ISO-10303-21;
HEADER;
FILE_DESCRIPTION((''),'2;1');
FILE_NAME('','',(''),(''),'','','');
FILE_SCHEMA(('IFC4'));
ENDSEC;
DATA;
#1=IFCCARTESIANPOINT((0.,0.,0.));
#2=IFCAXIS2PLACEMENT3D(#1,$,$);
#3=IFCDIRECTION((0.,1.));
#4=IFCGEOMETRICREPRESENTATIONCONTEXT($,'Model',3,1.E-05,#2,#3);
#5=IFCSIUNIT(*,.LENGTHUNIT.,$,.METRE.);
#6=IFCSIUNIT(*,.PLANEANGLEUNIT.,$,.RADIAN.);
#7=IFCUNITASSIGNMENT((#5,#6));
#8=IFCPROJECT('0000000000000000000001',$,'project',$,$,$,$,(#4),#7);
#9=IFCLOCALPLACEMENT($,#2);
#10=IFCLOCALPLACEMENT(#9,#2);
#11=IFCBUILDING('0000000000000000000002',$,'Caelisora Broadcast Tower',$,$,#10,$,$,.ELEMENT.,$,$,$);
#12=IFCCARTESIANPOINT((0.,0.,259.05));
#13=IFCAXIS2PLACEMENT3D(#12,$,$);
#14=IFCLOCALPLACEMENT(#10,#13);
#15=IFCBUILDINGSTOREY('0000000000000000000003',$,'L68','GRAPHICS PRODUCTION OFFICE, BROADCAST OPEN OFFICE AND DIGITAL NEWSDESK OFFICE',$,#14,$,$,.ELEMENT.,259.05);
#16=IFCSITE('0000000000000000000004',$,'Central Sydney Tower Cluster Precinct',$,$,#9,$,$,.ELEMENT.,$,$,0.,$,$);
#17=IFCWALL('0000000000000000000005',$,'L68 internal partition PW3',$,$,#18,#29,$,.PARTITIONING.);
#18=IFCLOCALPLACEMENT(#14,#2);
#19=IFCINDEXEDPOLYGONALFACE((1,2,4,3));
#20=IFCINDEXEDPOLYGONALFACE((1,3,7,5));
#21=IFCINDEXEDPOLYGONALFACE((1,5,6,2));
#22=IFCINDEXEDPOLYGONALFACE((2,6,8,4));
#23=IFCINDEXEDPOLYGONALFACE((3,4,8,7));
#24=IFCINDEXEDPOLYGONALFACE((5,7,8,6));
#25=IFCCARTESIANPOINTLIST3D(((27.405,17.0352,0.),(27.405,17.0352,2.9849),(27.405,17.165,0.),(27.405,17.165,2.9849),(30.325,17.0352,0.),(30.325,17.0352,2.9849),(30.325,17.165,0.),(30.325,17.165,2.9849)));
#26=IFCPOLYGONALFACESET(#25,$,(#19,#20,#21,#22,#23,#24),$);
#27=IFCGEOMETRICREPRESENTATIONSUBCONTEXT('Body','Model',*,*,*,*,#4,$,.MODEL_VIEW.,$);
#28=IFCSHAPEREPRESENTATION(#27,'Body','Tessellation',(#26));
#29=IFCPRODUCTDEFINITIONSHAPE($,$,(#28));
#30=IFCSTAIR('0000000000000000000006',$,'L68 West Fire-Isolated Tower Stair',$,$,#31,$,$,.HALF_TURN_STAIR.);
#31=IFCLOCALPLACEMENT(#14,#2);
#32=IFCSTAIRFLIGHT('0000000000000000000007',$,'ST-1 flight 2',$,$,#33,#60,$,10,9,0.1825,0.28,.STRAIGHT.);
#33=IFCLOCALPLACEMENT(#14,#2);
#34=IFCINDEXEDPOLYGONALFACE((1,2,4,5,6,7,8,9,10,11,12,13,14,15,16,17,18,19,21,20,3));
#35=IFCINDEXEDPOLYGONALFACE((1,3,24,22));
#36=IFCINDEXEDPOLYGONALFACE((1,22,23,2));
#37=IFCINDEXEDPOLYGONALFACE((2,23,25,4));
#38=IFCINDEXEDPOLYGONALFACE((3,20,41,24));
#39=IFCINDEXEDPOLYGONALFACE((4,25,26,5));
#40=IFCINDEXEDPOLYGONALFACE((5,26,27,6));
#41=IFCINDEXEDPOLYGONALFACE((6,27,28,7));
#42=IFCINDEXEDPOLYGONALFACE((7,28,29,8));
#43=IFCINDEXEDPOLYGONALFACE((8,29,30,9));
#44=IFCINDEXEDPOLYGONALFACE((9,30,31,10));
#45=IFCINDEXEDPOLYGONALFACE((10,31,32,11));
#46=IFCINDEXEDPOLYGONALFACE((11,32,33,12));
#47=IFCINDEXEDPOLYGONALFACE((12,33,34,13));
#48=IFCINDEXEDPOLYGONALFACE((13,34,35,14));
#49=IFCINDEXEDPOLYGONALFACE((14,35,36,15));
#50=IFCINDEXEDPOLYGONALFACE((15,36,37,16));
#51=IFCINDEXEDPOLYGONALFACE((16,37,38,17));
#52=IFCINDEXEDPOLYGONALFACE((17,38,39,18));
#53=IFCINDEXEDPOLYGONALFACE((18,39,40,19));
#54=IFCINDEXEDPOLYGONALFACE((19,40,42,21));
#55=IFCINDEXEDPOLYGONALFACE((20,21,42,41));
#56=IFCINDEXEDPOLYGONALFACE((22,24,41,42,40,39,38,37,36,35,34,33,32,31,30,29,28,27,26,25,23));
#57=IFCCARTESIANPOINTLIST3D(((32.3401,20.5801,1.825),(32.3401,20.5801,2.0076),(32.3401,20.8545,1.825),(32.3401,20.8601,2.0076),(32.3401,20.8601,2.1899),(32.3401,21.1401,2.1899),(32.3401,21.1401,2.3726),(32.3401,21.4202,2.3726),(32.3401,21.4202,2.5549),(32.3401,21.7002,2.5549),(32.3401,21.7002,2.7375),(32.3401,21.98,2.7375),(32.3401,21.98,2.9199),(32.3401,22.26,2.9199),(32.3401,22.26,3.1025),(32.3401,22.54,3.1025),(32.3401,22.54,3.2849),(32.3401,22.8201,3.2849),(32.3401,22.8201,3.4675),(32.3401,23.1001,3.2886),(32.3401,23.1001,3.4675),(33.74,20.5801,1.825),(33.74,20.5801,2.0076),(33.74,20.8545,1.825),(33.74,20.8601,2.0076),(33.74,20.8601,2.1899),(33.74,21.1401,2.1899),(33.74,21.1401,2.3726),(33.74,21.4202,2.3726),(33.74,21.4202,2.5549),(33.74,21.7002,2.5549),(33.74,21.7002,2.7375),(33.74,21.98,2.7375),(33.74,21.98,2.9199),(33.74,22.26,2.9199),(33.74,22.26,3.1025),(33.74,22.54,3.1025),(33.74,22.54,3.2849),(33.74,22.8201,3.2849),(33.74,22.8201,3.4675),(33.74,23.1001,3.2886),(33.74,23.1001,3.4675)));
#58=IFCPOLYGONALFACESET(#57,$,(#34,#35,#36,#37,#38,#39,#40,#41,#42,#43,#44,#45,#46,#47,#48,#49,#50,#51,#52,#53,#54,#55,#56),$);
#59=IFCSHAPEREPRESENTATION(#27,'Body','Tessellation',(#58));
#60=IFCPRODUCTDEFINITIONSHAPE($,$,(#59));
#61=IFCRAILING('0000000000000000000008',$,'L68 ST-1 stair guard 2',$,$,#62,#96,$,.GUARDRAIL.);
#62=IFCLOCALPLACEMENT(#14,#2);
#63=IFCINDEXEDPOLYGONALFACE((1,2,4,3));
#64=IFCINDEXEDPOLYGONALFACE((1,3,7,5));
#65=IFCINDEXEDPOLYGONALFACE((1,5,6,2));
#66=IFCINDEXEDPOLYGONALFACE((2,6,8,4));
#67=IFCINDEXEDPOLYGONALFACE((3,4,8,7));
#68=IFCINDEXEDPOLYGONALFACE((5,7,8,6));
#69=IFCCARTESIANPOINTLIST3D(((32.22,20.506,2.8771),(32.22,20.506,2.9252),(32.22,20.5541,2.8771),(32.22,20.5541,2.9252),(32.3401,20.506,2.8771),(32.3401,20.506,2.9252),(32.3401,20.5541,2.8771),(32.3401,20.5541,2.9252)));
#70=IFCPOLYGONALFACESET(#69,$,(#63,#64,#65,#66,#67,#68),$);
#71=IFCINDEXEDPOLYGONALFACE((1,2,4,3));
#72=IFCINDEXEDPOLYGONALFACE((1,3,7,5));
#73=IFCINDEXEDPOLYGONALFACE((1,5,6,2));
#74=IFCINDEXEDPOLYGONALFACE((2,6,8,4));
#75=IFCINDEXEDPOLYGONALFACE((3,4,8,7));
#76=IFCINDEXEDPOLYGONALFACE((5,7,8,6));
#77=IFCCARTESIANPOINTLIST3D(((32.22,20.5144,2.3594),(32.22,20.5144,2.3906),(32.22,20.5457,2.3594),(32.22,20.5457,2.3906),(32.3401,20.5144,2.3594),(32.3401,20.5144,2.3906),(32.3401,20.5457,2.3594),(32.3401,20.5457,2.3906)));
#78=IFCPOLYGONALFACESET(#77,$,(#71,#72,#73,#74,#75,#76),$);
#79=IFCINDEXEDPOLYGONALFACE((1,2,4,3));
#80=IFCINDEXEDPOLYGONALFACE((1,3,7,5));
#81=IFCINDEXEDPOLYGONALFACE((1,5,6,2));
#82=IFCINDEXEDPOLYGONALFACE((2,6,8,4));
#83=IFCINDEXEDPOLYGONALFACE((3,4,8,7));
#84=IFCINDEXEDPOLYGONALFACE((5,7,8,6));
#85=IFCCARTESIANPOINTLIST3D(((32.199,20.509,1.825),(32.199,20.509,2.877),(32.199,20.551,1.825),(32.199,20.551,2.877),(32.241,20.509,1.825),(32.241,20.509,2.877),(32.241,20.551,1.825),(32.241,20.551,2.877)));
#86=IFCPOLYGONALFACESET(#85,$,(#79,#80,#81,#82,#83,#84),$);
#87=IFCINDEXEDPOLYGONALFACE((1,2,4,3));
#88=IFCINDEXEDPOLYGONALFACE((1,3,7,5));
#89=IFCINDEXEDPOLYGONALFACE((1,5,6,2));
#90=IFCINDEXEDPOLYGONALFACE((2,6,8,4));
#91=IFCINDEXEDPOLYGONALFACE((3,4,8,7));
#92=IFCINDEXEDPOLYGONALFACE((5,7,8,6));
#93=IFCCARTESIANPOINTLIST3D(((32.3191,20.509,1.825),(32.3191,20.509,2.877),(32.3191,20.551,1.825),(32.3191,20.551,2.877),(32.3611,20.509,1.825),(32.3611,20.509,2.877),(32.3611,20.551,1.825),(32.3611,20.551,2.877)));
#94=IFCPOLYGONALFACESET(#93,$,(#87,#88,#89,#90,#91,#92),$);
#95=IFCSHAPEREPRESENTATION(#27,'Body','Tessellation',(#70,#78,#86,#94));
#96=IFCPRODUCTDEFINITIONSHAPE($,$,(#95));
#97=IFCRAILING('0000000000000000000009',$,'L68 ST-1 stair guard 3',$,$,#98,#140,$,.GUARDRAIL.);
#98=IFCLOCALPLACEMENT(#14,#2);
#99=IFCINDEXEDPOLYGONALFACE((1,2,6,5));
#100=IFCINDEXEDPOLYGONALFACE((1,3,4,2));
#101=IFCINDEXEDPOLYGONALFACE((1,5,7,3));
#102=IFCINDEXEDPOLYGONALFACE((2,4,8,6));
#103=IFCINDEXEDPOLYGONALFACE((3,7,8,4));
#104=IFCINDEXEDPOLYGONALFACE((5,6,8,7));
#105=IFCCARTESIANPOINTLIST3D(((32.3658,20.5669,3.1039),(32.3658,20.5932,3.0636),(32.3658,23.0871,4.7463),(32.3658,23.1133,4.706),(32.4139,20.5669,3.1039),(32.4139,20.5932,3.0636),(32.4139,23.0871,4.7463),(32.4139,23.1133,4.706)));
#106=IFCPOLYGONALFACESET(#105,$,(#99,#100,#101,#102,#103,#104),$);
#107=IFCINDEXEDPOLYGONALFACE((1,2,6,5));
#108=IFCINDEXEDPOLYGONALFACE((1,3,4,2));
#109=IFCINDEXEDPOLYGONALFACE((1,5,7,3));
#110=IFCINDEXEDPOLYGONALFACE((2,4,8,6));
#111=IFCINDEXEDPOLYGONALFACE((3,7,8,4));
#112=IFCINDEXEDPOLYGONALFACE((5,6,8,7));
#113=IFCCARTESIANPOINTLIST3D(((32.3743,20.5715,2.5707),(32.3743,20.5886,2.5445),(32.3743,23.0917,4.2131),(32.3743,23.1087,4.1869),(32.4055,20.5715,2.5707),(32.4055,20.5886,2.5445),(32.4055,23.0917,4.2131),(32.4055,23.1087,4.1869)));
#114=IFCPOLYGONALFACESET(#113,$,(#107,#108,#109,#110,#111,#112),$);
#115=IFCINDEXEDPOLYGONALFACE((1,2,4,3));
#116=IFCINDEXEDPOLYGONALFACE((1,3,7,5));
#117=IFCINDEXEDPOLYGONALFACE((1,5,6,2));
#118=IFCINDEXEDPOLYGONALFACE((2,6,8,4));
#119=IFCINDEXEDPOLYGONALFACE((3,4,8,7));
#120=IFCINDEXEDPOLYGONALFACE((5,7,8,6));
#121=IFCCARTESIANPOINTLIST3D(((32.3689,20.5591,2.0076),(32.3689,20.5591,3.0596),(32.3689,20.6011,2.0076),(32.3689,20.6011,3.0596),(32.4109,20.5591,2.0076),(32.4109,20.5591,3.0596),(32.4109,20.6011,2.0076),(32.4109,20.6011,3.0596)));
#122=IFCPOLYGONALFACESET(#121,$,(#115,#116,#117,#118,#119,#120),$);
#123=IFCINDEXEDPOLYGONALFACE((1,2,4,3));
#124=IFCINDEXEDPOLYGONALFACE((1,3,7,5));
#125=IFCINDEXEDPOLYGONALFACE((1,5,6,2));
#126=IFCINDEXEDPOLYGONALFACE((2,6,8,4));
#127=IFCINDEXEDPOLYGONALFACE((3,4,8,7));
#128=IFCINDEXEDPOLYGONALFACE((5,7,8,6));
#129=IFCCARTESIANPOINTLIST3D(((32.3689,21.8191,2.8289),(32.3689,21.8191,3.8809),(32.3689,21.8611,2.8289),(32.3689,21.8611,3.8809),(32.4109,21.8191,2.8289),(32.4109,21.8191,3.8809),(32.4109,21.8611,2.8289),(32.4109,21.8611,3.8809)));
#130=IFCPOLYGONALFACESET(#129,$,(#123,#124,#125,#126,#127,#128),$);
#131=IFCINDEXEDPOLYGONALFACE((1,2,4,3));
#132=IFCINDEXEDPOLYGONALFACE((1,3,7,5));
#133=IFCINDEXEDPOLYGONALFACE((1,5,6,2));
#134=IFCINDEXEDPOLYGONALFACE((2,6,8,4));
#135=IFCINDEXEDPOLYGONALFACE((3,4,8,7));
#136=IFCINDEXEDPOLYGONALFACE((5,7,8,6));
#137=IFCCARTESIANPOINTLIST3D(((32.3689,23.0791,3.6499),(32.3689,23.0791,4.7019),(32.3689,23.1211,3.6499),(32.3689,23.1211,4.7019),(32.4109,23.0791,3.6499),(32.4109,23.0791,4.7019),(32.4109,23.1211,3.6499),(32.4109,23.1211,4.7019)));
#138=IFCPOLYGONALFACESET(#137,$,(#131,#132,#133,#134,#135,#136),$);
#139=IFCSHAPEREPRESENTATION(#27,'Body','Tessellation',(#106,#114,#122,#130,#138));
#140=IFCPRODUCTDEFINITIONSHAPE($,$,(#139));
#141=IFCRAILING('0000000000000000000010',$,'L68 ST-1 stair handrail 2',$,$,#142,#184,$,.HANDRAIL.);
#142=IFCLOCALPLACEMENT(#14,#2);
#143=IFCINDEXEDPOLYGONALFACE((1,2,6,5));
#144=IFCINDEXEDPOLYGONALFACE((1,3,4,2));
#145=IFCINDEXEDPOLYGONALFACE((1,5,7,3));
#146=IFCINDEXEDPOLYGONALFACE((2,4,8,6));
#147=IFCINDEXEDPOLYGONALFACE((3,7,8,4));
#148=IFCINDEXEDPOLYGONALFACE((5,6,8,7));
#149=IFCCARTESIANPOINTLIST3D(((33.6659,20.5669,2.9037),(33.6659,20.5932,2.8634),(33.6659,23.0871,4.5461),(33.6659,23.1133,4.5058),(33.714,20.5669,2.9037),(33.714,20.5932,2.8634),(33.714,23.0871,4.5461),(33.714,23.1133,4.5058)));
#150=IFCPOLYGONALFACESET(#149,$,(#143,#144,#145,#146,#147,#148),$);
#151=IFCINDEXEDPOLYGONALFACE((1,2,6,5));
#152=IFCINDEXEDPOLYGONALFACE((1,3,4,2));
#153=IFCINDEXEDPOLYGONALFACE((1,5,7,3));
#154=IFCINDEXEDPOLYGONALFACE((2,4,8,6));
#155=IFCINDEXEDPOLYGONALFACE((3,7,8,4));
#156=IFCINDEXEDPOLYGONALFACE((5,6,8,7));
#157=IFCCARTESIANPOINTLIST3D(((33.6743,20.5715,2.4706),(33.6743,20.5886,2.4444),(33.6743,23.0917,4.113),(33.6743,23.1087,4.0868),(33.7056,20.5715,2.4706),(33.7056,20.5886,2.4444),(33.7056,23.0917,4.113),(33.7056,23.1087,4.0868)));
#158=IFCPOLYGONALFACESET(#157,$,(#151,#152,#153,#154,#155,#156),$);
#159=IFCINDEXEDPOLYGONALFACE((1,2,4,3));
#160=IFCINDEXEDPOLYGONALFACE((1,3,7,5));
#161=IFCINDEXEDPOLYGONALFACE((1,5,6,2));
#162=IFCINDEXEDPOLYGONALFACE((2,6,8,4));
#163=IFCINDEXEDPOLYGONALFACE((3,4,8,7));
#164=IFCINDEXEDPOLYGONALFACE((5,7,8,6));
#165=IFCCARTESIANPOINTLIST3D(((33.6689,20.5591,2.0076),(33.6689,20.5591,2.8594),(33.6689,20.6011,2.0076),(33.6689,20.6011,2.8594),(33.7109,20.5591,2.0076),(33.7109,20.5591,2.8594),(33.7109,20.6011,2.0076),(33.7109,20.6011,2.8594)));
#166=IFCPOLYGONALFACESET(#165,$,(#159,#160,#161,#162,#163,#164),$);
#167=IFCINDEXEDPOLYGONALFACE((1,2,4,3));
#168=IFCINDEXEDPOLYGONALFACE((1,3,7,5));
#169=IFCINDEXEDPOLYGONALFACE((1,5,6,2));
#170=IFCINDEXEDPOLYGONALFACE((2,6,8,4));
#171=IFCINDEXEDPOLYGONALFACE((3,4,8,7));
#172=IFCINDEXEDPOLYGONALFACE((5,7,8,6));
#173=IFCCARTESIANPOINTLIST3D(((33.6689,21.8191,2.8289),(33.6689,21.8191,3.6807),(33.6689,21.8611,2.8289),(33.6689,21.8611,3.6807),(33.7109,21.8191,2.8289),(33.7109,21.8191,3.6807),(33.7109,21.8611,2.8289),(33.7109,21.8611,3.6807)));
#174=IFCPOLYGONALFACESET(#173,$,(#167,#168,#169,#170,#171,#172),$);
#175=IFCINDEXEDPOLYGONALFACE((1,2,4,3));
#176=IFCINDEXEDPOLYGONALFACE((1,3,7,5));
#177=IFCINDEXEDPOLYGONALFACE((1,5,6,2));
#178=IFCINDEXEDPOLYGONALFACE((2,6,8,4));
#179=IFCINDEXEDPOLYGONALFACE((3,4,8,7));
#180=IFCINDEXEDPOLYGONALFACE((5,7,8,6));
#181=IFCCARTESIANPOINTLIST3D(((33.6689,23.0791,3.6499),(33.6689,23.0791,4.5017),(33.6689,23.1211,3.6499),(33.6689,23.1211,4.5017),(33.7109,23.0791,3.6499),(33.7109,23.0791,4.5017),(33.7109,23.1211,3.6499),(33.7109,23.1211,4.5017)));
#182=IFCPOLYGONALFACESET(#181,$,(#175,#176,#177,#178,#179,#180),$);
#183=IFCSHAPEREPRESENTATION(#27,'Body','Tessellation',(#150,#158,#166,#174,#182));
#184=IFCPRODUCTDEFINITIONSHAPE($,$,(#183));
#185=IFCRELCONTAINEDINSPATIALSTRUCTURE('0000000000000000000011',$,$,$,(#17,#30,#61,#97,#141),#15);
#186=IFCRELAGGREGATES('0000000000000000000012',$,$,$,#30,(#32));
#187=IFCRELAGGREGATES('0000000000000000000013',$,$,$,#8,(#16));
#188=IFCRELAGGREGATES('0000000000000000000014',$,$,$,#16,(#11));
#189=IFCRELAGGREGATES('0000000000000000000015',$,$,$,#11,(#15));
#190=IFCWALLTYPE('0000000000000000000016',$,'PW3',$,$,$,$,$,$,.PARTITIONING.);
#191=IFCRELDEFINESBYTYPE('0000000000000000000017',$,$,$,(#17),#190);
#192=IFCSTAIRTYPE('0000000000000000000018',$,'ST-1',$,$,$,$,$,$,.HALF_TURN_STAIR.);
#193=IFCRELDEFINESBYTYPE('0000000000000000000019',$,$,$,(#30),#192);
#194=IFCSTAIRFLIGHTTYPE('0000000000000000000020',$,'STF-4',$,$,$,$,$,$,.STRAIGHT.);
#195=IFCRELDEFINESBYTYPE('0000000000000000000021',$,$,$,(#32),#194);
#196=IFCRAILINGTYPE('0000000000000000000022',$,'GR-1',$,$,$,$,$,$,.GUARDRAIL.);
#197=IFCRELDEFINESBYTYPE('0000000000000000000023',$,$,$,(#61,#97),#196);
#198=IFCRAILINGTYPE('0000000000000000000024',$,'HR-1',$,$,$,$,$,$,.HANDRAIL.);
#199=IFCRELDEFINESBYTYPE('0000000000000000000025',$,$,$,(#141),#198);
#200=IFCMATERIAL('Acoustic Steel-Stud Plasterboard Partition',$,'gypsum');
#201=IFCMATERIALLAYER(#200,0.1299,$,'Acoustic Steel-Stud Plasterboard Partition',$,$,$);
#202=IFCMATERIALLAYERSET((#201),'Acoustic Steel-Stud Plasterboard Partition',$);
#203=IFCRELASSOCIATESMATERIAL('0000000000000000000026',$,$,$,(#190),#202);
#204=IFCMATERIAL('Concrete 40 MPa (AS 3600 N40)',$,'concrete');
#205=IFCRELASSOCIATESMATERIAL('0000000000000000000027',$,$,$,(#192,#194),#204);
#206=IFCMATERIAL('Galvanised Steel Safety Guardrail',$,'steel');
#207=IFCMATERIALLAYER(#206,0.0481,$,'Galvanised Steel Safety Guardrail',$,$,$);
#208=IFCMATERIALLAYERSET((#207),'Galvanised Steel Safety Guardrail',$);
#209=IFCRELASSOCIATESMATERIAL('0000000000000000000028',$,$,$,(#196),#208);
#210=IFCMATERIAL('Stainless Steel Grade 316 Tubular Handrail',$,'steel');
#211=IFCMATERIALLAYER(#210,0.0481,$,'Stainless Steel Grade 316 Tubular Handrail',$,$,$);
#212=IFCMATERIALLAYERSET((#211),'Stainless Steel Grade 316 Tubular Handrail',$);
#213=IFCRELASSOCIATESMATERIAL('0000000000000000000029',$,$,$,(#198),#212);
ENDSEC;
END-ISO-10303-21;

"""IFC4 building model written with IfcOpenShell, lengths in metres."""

from ifc_helpers import new_model, si_unit, direction, frame, frame_2d, origin, origin_2d, place, context, subcontext, project, spatial, polyline, rectangle, outline, extrude, material, layer, layer_set, type_object, element, aggregate, save


model = new_model("IFC4")

# Units and contexts
model_context = context("Model", 3, precision=1e-05, world=origin(), true_north=direction((0.0, 1.0)))
body_context = subcontext(model_context, "Body", "Model", "MODEL_VIEW")
ifc_project = project(units=[si_unit("LENGTHUNIT", "METRE"), si_unit("PLANEANGLEUNIT", "RADIAN")], contexts=[model_context])

# Site, building, storey
site_placement = place(None, origin())
site = spatial("IfcSite", under=ifc_project, at=site_placement, Name="Central Sydney Tower Cluster Precinct", CompositionType="ELEMENT", RefElevation=0.0)
building_placement = place(site_placement, origin())
building = spatial("IfcBuilding", under=site, at=building_placement, Name="Caelisora Broadcast Tower", CompositionType="ELEMENT")
storey_placement = place(building_placement, frame((0.0, 0.0, 259.05)))
storey = spatial("IfcBuildingStorey", under=building, at=storey_placement, Name="L68", Description="GRAPHICS PRODUCTION OFFICE, BROADCAST OPEN OFFICE AND DIGITAL NEWSDESK OFFICE", CompositionType="ELEMENT", Elevation=259.05)

# Shared definitions
ifc_material_1 = material(Name="Concrete 40 MPa (AS 3600 N40)", Category="concrete")

# Shared definitions
ifc_material_2 = material(Name="Acoustic Steel-Stud Plasterboard Partition", Category="gypsum")
ifc_layer_1 = layer(ifc_material_2, 0.1299, Name="Acoustic Steel-Stud Plasterboard Partition")
ifc_layer_set_1 = layer_set([ifc_layer_1], Name="Acoustic Steel-Stud Plasterboard Partition")
wall_type_1 = type_object("IfcWallType", Name="PW3", PredefinedType="PARTITIONING", material=ifc_layer_set_1)

# Wall
wall_1_placement = place(storey_placement, frame((30.325, 17.1001, 0.0), z_axis=(0.0, 0.0, 1.0), x_axis=(-1.0, 0.0, 0.0)))
element("IfcWall", 1, at=wall_1_placement, inside=storey, type_object=wall_type_1, Name="L68 internal partition PW3", PredefinedType="PARTITIONING", context=body_context, shape_type="SweptSolid", body=[
    extrude(rectangle(XDim=2.9199, YDim=0.1299, at=frame_2d((1.46, 0.0))), origin(), (0.0, 0.0, 1.0), 2.9849),
])

# Stair, stair flight
stair_type = type_object("IfcStairType", Name="ST-1", PredefinedType="HALF_TURN_STAIR", material=ifc_material_1)
stair_placement = place(storey_placement, origin())
stair = element("IfcStair", 2, at=stair_placement, inside=storey, type_object=stair_type, Name="L68 West Fire-Isolated Tower Stair", PredefinedType="HALF_TURN_STAIR")
stair_flight_type = type_object("IfcStairFlightType", Name="STF-4", PredefinedType="STRAIGHT", material=ifc_material_1)
stair_flight_placement = place(storey_placement, frame((33.04, 20.5801, 1.825), z_axis=(0.0, 0.0, 1.0), x_axis=(0.0, 1.0, 0.0)))
stair_flight = element("IfcStairFlight", 3, at=stair_flight_placement, type_object=stair_flight_type, Name="ST-1 flight 2", NumberOfRisers=10, NumberOfTreads=9, PredefinedType="STRAIGHT", RiserHeight=0.1825, TreadLength=0.28, context=body_context, shape_type="SweptSolid", body=[
    extrude(outline(polyline([(0.0, 0.0), (0.0, 0.1826), (0.28, 0.1826), (0.28, 0.365), (0.5601, 0.365), (0.5601, 0.5476), (0.8401, 0.5476), (0.8401, 0.73), (1.1201, 0.73), (1.1201, 0.9126), (1.3999, 0.9126), (1.3999, 1.095), (1.6799, 1.095), (1.6799, 1.2776), (1.96, 1.2776), (1.96, 1.46), (2.24, 1.46), (2.24, 1.6426), (2.52, 1.6426), (2.52, 1.825), (2.52, 1.4636), (0.2744, 0.0), (0.0, 0.0)])), frame((0.0, 0.7, 0.0), z_axis=(0.0, -1.0, 0.0), x_axis=(1.0, 0.0, 0.0)), (0.0, 0.0, 1.0), 1.3999),
])
aggregate(stair, [stair_flight])

# Railings
ifc_material_3 = material(Name="Galvanised Steel Safety Guardrail", Category="steel")
ifc_layer_2 = layer(ifc_material_3, 0.0481, Name="Galvanised Steel Safety Guardrail")
ifc_layer_set_2 = layer_set([ifc_layer_2], Name="Galvanised Steel Safety Guardrail")
railing_type_1 = type_object("IfcRailingType", Name="GR-1", PredefinedType="GUARDRAIL", material=ifc_layer_set_2)
railing_1_placement = place(storey_placement, frame((32.22, 20.53, 1.825)))
element("IfcRailing", 4, at=railing_1_placement, inside=storey, type_object=railing_type_1, Name="L68 ST-1 stair guard 2", PredefinedType="GUARDRAIL", context=body_context, shape_type="SweptSolid", body=[
    extrude(rectangle(XDim=0.0481, YDim=0.0481, at=origin_2d()), frame((0.0, 0.0, 1.0762), z_axis=(1.0, 0.0, 0.0), x_axis=(0.0, 1.0, 0.0)), (0.0, 0.0, 1.0), 0.1201),
    extrude(rectangle(XDim=0.0312, YDim=0.0312, at=origin_2d()), frame((0.0, 0.0, 0.55), z_axis=(1.0, 0.0, 0.0), x_axis=(0.0, 1.0, 0.0)), (0.0, 0.0, 1.0), 0.1201),
    extrude(rectangle(XDim=0.042, YDim=0.042, at=origin_2d()), origin(), (0.0, 0.0, 1.0), 1.052),
    extrude(rectangle(XDim=0.042, YDim=0.042, at=origin_2d()), frame((0.1201, 0.0, 0.0)), (0.0, 0.0, 1.0), 1.052),
])
railing_2_placement = place(storey_placement, frame((32.3899, 20.5801, 2.0076)))
element("IfcRailing", 5, at=railing_2_placement, inside=storey, type_object=railing_type_1, Name="L68 ST-1 stair guard 3", PredefinedType="GUARDRAIL", context=body_context, shape_type="SweptSolid", body=[
    extrude(rectangle(XDim=0.0481, YDim=0.0481, at=origin_2d()), frame((0.0, 0.0, 1.0762), z_axis=(0.0, 0.837787, 0.545998), x_axis=(-1.0, 0.0, 0.0)), (0.0, 0.0, 1.0), 3.0081),
    extrude(rectangle(XDim=0.0312, YDim=0.0312, at=origin_2d()), frame((0.0, 0.0, 0.55), z_axis=(0.0, 0.837787, 0.545998), x_axis=(-1.0, 0.0, 0.0)), (0.0, 0.0, 1.0), 3.0081),
    extrude(rectangle(XDim=0.042, YDim=0.042, at=origin_2d()), origin(), (0.0, 0.0, 1.0), 1.052),
    extrude(rectangle(XDim=0.042, YDim=0.042, at=origin_2d()), frame((0.0, 1.26, 0.8213)), (0.0, 0.0, 1.0), 1.052),
    extrude(rectangle(XDim=0.042, YDim=0.042, at=origin_2d()), frame((0.0, 2.52, 1.6423)), (0.0, 0.0, 1.0), 1.052),
])
ifc_material_4 = material(Name="Stainless Steel Grade 316 Tubular Handrail", Category="steel")
ifc_layer_3 = layer(ifc_material_4, 0.0481, Name="Stainless Steel Grade 316 Tubular Handrail")
ifc_layer_set_3 = layer_set([ifc_layer_3], Name="Stainless Steel Grade 316 Tubular Handrail")
railing_type_2 = type_object("IfcRailingType", Name="HR-1", PredefinedType="HANDRAIL", material=ifc_layer_set_3)
railing_3_placement = place(storey_placement, frame((33.6899, 20.5801, 2.0076)))
element("IfcRailing", 6, at=railing_3_placement, inside=storey, type_object=railing_type_2, Name="L68 ST-1 stair handrail 2", PredefinedType="HANDRAIL", context=body_context, shape_type="SweptSolid", body=[
    extrude(rectangle(XDim=0.0481, YDim=0.0481, at=origin_2d()), frame((0.0, 0.0, 0.876), z_axis=(0.0, 0.837787, 0.545998), x_axis=(-1.0, 0.0, 0.0)), (0.0, 0.0, 1.0), 3.0081),
    extrude(rectangle(XDim=0.0312, YDim=0.0312, at=origin_2d()), frame((0.0, 0.0, 0.45), z_axis=(0.0, 0.837787, 0.545998), x_axis=(-1.0, 0.0, 0.0)), (0.0, 0.0, 1.0), 3.0081),
    extrude(rectangle(XDim=0.042, YDim=0.042, at=origin_2d()), origin(), (0.0, 0.0, 1.0), 0.8518),
    extrude(rectangle(XDim=0.042, YDim=0.042, at=origin_2d()), frame((0.0, 1.26, 0.8213)), (0.0, 0.0, 1.0), 0.8518),
    extrude(rectangle(XDim=0.042, YDim=0.042, at=origin_2d()), frame((0.0, 2.52, 1.6423)), (0.0, 0.0, 1.0), 0.8518),
])

save(model, "model.ifc")
